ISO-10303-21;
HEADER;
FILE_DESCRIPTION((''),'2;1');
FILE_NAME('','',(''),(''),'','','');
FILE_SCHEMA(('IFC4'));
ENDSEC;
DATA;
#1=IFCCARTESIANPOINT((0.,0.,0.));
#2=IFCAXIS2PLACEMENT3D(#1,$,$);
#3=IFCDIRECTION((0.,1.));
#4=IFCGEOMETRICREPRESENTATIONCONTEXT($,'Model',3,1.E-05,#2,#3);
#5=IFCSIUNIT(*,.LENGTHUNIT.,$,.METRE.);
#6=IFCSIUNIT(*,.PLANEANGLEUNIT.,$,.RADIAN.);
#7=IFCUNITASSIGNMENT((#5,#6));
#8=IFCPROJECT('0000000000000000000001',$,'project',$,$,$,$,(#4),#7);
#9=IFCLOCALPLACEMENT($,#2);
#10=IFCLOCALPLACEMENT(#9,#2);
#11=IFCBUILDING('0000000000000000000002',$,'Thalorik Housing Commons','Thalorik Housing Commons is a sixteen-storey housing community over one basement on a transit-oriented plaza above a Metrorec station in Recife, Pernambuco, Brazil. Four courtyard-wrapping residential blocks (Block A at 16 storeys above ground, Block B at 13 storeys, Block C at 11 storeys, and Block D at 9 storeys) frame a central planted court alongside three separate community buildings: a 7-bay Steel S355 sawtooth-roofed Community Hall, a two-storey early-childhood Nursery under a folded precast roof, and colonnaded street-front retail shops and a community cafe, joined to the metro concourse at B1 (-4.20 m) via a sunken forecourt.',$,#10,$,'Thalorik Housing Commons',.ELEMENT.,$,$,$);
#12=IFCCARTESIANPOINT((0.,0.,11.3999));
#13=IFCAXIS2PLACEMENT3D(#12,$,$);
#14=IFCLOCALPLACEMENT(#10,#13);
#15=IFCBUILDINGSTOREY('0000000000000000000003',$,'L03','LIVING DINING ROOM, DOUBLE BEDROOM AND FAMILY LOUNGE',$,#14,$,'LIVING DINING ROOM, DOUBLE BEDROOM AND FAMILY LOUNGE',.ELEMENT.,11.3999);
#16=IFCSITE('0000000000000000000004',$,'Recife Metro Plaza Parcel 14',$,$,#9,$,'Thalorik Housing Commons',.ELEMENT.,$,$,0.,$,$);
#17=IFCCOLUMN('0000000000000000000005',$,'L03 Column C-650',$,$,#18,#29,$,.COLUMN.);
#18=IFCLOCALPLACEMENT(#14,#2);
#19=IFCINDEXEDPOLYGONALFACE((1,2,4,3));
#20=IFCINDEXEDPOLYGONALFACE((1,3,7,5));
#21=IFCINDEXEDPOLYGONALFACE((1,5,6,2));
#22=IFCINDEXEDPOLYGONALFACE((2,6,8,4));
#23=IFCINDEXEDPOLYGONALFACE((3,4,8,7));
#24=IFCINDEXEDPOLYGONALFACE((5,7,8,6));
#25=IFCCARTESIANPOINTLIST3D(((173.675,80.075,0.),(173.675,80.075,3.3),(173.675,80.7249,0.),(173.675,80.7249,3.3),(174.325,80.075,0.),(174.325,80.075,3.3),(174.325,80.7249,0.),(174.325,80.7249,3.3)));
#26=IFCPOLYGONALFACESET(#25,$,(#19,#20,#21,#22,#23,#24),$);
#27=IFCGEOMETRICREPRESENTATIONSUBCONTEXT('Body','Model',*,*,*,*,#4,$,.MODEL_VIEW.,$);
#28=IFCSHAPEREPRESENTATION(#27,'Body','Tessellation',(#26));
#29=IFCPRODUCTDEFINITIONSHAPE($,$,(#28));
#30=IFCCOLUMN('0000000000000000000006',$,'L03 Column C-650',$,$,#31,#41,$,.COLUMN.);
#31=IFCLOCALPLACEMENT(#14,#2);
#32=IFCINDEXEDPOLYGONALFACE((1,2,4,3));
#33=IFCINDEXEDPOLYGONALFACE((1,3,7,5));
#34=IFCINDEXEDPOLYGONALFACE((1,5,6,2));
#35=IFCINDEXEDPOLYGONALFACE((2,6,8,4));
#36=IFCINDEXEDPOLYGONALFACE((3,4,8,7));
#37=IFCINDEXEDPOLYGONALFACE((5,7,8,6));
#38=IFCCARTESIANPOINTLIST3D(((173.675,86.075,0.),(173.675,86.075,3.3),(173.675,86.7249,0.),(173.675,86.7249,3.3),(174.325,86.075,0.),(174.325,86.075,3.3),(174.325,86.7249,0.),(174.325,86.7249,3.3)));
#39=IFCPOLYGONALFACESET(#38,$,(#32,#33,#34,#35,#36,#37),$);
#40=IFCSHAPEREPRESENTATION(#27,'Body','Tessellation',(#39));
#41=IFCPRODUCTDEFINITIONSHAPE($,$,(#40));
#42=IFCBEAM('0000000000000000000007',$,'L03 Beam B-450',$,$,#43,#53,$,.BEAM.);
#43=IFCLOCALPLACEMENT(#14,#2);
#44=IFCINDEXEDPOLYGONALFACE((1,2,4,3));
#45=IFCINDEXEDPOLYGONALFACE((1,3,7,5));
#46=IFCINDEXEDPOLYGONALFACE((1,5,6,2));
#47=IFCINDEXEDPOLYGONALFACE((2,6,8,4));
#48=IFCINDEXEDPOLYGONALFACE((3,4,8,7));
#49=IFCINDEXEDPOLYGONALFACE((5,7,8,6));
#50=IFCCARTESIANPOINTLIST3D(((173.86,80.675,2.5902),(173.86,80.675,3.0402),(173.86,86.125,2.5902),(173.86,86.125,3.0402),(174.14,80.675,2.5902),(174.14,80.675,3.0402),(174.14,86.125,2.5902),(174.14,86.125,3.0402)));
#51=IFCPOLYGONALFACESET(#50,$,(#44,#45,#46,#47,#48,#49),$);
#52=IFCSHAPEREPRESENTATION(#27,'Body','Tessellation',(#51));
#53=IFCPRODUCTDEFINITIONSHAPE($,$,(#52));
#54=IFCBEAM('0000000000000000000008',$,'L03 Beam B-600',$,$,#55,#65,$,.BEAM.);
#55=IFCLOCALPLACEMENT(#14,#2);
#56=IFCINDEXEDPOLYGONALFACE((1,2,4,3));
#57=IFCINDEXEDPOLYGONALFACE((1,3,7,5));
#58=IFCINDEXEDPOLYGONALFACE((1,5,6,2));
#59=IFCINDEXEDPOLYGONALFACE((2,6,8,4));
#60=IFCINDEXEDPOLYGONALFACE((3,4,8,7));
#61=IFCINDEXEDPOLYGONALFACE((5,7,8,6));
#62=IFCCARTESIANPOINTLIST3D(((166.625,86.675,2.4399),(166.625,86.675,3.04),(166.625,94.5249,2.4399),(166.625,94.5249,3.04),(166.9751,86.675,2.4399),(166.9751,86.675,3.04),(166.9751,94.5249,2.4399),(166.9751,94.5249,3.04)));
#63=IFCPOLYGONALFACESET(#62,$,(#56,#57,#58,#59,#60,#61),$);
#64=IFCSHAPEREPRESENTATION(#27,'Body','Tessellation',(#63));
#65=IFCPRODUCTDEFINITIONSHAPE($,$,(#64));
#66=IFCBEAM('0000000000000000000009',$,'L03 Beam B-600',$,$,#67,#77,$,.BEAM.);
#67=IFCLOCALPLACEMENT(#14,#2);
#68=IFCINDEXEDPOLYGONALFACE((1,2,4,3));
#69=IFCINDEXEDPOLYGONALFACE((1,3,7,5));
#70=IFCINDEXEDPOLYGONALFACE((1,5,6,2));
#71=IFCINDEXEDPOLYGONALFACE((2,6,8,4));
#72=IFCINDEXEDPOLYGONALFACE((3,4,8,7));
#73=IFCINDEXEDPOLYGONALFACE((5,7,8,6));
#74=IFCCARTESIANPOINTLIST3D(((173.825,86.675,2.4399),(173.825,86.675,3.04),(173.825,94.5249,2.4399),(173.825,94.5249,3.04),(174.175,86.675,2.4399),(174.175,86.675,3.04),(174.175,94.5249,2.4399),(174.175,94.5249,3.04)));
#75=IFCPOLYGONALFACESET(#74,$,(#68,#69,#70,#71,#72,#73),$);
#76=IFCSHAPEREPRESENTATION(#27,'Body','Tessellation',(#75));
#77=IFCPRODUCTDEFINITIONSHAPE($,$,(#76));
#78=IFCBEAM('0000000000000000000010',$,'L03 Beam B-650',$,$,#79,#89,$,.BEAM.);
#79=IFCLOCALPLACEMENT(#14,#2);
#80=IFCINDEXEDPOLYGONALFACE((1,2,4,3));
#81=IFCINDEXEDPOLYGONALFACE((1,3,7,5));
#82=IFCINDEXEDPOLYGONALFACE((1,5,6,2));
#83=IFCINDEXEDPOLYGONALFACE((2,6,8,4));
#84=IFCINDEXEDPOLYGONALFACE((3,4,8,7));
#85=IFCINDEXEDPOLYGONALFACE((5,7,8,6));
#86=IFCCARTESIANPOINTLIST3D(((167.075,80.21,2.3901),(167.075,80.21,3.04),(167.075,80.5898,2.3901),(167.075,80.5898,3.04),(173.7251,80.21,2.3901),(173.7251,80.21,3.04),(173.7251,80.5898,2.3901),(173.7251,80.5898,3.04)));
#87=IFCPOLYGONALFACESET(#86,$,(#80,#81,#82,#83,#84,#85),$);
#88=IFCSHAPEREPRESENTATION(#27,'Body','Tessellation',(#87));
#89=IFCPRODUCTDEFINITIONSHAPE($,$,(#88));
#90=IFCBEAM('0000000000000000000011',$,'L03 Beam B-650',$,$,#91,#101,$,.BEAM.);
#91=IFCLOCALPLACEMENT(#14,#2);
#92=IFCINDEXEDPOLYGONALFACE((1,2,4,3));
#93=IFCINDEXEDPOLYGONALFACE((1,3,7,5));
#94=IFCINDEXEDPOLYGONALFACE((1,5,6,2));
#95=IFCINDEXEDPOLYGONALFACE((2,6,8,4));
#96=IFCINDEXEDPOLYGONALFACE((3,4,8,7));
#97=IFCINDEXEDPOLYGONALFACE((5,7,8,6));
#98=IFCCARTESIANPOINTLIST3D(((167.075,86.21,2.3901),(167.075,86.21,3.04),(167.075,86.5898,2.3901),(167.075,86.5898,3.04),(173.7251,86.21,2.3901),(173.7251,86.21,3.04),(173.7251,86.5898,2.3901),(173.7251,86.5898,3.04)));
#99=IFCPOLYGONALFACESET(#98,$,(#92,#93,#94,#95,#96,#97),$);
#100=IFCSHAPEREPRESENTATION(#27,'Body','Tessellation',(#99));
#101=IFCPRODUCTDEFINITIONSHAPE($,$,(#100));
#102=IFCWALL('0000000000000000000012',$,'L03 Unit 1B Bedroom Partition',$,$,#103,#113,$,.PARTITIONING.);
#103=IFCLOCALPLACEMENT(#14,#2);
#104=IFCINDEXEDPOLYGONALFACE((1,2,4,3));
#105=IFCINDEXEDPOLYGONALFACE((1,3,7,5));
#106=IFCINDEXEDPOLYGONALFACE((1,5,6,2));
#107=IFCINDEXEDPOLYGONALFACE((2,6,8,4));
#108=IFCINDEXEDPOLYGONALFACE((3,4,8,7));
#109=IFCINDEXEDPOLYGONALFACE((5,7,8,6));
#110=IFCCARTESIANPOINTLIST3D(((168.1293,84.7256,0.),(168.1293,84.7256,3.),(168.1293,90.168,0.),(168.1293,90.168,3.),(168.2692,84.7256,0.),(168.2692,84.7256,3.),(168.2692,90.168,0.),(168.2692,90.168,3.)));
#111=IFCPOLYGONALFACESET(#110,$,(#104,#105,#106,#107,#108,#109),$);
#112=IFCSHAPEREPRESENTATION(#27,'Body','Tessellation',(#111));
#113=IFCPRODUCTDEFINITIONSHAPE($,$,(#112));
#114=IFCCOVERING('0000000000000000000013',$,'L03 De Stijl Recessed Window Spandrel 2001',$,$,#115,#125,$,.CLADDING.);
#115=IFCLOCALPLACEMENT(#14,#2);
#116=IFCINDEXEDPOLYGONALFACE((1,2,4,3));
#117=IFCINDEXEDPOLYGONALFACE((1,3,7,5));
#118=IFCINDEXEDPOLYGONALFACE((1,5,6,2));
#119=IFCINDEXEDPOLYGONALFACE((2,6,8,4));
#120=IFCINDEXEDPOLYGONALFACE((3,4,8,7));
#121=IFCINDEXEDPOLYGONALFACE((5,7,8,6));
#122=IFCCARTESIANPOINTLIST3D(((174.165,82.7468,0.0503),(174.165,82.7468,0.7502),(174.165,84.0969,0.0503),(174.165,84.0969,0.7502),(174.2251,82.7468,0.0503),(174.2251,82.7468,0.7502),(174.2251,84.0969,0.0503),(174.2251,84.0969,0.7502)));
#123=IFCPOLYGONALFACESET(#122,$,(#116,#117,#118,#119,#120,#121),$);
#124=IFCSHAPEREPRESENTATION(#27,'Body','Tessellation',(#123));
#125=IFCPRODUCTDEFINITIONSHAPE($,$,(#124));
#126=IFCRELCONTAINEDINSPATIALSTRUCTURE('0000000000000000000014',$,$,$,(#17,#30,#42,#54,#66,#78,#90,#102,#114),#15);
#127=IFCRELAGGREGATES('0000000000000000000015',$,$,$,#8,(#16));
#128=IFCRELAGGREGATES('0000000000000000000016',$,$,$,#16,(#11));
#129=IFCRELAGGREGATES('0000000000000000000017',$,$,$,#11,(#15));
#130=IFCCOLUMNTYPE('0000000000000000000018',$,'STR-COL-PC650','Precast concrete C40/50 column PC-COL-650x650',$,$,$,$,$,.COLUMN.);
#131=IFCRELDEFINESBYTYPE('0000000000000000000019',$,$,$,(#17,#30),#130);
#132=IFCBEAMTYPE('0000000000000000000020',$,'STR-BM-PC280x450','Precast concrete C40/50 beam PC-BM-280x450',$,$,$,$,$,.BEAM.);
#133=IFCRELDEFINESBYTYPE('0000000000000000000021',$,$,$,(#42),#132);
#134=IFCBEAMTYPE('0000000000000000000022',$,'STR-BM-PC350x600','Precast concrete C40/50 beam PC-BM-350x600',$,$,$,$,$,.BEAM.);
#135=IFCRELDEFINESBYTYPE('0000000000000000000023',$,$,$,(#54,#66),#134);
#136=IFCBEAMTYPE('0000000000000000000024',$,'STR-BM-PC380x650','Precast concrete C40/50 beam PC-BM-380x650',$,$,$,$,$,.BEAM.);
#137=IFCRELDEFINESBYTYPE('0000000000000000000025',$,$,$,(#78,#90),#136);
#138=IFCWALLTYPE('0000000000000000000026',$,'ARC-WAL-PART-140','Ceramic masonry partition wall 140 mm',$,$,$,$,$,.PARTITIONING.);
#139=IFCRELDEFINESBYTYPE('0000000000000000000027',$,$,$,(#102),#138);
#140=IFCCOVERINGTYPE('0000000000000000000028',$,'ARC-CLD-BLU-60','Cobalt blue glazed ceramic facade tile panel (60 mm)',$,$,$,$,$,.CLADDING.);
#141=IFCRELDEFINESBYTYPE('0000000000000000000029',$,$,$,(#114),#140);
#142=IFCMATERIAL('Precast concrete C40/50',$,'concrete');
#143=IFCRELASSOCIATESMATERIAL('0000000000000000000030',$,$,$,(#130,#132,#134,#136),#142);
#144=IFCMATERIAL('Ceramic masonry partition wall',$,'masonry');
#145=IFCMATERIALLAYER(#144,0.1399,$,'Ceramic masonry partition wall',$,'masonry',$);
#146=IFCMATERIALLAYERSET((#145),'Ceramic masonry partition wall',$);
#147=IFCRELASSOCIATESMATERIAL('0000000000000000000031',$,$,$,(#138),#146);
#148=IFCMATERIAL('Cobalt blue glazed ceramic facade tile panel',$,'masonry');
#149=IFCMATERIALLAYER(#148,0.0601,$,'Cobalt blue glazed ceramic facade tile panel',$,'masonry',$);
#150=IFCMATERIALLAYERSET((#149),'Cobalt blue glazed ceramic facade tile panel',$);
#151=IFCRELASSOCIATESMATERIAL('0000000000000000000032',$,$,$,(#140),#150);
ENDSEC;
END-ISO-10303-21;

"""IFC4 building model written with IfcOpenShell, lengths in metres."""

from ifc_helpers import new_model, si_unit, direction, frame, frame_2d, origin, origin_2d, place, context, subcontext, project, spatial, rectangle, extrude, material, layer, layer_set, material_profile, profile_set, type_object, element, save


model = new_model("IFC4")

# Units and contexts
model_context = context("Model", 3, precision=1e-05, world=origin(), true_north=direction((0.0, 1.0)))
body_context = subcontext(model_context, "Body", "Model", "MODEL_VIEW")
ifc_project = project(units=[si_unit("LENGTHUNIT", "METRE"), si_unit("PLANEANGLEUNIT", "RADIAN")], contexts=[model_context])

# Site, building, storey
site_placement = place(None, origin())
site = spatial("IfcSite", under=ifc_project, at=site_placement, Name="Recife Metro Plaza Parcel 14", LongName="Thalorik Housing Commons", CompositionType="ELEMENT", RefElevation=0.0)
building_placement = place(site_placement, origin())
building = spatial("IfcBuilding", under=site, at=building_placement, Name="Thalorik Housing Commons", Description="Thalorik Housing Commons is a sixteen-storey housing community over one basement on a transit-oriented plaza above a Metrorec station in Recife, Pernambuco, Brazil. Four courtyard-wrapping residential blocks (Block A at 16 storeys above ground, Block B at 13 storeys, Block C at 11 storeys, and Block D at 9 storeys) frame a central planted court alongside three separate community buildings: a 7-bay Steel S355 sawtooth-roofed Community Hall, a two-storey early-childhood Nursery under a folded precast roof, and colonnaded street-front retail shops and a community cafe, joined to the metro concourse at B1 (-4.20 m) via a sunken forecourt.", LongName="Thalorik Housing Commons", CompositionType="ELEMENT")
storey_placement = place(building_placement, frame((0.0, 0.0, 11.3999)))
storey = spatial("IfcBuildingStorey", under=building, at=storey_placement, Name="L03", Description="LIVING DINING ROOM, DOUBLE BEDROOM AND FAMILY LOUNGE", LongName="LIVING DINING ROOM, DOUBLE BEDROOM AND FAMILY LOUNGE", CompositionType="ELEMENT", Elevation=11.3999)

# Columns
ifc_material_1 = material(Name="Precast concrete C40/50", Category="concrete")
ifc_material_profile_1 = material_profile(ifc_material_1, rectangle(XDim=0.6499, YDim=0.6499, at=origin_2d()), Name="PC 650x650", Category="concrete")
ifc_profile_set_1 = profile_set([ifc_material_profile_1], Name="Precast concrete C40/50")
column_type = type_object("IfcColumnType", Name="STR-COL-PC650", Description="Precast concrete C40/50 column PC-COL-650x650", PredefinedType="COLUMN", material=ifc_profile_set_1)
for number, where, z_axis, x_axis, name in (
    (1, (174.0, 80.3999, 0.0), (0.0, 0.0, 1.0), (1.0, 0.0, 0.0), "L03 Column C-650"),
    (2, (174.0, 86.3999, 0.0), (0.0, 0.0, 1.0), (1.0, 0.0, 0.0), "L03 Column C-650"),
):
    element("IfcColumn", number, at=place(storey_placement, frame(where, z_axis=z_axis, x_axis=x_axis)), inside=storey, type_object=column_type, Name=name, PredefinedType="COLUMN", context=body_context, shape_type="SweptSolid", body=[
        extrude(rectangle(XDim=0.6499, YDim=0.6499, at=origin_2d()), origin(), (0.0, 0.0, 1.0), 3.3),
    ])

# Beams
ifc_material_profile_2 = material_profile(ifc_material_1, rectangle(XDim=0.28, YDim=0.45, at=origin_2d()), Name="PC 280x450", Category="concrete")
ifc_profile_set_2 = profile_set([ifc_material_profile_2], Name="Precast concrete C40/50")
beam_type_1 = type_object("IfcBeamType", Name="STR-BM-PC280x450", Description="Precast concrete C40/50 beam PC-BM-280x450", PredefinedType="BEAM", material=ifc_profile_set_2)
beam_placement = place(storey_placement, frame((174.0, 80.675, 2.8152), z_axis=(0.0, 1.0, 0.0), x_axis=(-1.0, 0.0, 0.0)))
element("IfcBeam", 3, at=beam_placement, inside=storey, type_object=beam_type_1, Name="L03 Beam B-450", PredefinedType="BEAM", context=body_context, shape_type="SweptSolid", body=[
    extrude(rectangle(XDim=0.28, YDim=0.45, at=origin_2d()), origin(), (0.0, 0.0, 1.0), 5.45),
])
ifc_material_profile_3 = material_profile(ifc_material_1, rectangle(XDim=0.3501, YDim=0.6001, at=origin_2d()), Name="PC 350x600", Category="concrete")
ifc_profile_set_3 = profile_set([ifc_material_profile_3], Name="Precast concrete C40/50")
beam_type_2 = type_object("IfcBeamType", Name="STR-BM-PC350x600", Description="Precast concrete C40/50 beam PC-BM-350x600", PredefinedType="BEAM", material=ifc_profile_set_3)
for number, where, z_axis, x_axis, name in (
    (4, (166.8, 86.675, 2.74), (0.0, 1.0, 0.0), (-1.0, 0.0, 0.0), "L03 Beam B-600"),
    (5, (174.0, 86.675, 2.74), (0.0, 1.0, 0.0), (-1.0, 0.0, 0.0), "L03 Beam B-600"),
):
    element("IfcBeam", number, at=place(storey_placement, frame(where, z_axis=z_axis, x_axis=x_axis)), inside=storey, type_object=beam_type_2, Name=name, PredefinedType="BEAM", context=body_context, shape_type="SweptSolid", body=[
        extrude(rectangle(XDim=0.3501, YDim=0.6001, at=origin_2d()), origin(), (0.0, 0.0, 1.0), 7.8499),
    ])
ifc_material_profile_4 = material_profile(ifc_material_1, rectangle(XDim=0.3799, YDim=0.6499, at=origin_2d()), Name="PC 380x650", Category="concrete")
ifc_profile_set_4 = profile_set([ifc_material_profile_4], Name="Precast concrete C40/50")
beam_type_3 = type_object("IfcBeamType", Name="STR-BM-PC380x650", Description="Precast concrete C40/50 beam PC-BM-380x650", PredefinedType="BEAM", material=ifc_profile_set_4)
for number, where, z_axis, x_axis, name in (
    (6, (167.075, 80.3999, 2.7151), (1.0, 0.0, 0.0), (0.0, 1.0, 0.0), "L03 Beam B-650"),
    (7, (167.075, 86.3999, 2.7151), (1.0, 0.0, 0.0), (0.0, 1.0, 0.0), "L03 Beam B-650"),
):
    element("IfcBeam", number, at=place(storey_placement, frame(where, z_axis=z_axis, x_axis=x_axis)), inside=storey, type_object=beam_type_3, Name=name, PredefinedType="BEAM", context=body_context, shape_type="SweptSolid", body=[
        extrude(rectangle(XDim=0.3799, YDim=0.6499, at=origin_2d()), origin(), (0.0, 0.0, 1.0), 6.6501),
    ])

# Wall
ifc_material_2 = material(Name="Ceramic masonry partition wall", Category="masonry")
ifc_layer_1 = layer(ifc_material_2, 0.1399, Name="Ceramic masonry partition wall", Category="masonry")
ifc_layer_set_1 = layer_set([ifc_layer_1], Name="Ceramic masonry partition wall")
wall_type_1 = type_object("IfcWallType", Name="ARC-WAL-PART-140", Description="Ceramic masonry partition wall 140 mm", PredefinedType="PARTITIONING", material=ifc_layer_set_1)
wall_1_placement = place(storey_placement, frame((168.1992, 84.7256, 0.0), z_axis=(0.0, 0.0, 1.0), x_axis=(0.0, 1.0, 0.0)))
element("IfcWall", 8, at=wall_1_placement, inside=storey, type_object=wall_type_1, Name="L03 Unit 1B Bedroom Partition", PredefinedType="PARTITIONING", context=body_context, shape_type="SweptSolid", body=[
    extrude(rectangle(XDim=5.4424, YDim=0.1399, at=frame_2d((2.7212, 0.0))), origin(), (0.0, 0.0, 1.0), 3.0),
])

# Covering
ifc_material_3 = material(Name="Cobalt blue glazed ceramic facade tile panel", Category="masonry")
ifc_layer_2 = layer(ifc_material_3, 0.0601, Name="Cobalt blue glazed ceramic facade tile panel", Category="masonry")
ifc_layer_set_2 = layer_set([ifc_layer_2], Name="Cobalt blue glazed ceramic facade tile panel")
covering_type_1 = type_object("IfcCoveringType", Name="ARC-CLD-BLU-60", Description="Cobalt blue glazed ceramic facade tile panel (60 mm)", PredefinedType="CLADDING", material=ifc_layer_set_2)
covering_1_placement = place(storey_placement, frame((174.1951, 83.4219, 0.0503), z_axis=(0.0, 0.0, 1.0), x_axis=(0.0, 1.0, 0.0)))
element("IfcCovering", 9, at=covering_1_placement, inside=storey, type_object=covering_type_1, Name="L03 De Stijl Recessed Window Spandrel 2001", PredefinedType="CLADDING", context=body_context, shape_type="SweptSolid", body=[
    extrude(rectangle(XDim=1.3501, YDim=0.0601, at=origin_2d()), origin(), (0.0, 0.0, 1.0), 0.7),
])

save(model, "model.ifc")
